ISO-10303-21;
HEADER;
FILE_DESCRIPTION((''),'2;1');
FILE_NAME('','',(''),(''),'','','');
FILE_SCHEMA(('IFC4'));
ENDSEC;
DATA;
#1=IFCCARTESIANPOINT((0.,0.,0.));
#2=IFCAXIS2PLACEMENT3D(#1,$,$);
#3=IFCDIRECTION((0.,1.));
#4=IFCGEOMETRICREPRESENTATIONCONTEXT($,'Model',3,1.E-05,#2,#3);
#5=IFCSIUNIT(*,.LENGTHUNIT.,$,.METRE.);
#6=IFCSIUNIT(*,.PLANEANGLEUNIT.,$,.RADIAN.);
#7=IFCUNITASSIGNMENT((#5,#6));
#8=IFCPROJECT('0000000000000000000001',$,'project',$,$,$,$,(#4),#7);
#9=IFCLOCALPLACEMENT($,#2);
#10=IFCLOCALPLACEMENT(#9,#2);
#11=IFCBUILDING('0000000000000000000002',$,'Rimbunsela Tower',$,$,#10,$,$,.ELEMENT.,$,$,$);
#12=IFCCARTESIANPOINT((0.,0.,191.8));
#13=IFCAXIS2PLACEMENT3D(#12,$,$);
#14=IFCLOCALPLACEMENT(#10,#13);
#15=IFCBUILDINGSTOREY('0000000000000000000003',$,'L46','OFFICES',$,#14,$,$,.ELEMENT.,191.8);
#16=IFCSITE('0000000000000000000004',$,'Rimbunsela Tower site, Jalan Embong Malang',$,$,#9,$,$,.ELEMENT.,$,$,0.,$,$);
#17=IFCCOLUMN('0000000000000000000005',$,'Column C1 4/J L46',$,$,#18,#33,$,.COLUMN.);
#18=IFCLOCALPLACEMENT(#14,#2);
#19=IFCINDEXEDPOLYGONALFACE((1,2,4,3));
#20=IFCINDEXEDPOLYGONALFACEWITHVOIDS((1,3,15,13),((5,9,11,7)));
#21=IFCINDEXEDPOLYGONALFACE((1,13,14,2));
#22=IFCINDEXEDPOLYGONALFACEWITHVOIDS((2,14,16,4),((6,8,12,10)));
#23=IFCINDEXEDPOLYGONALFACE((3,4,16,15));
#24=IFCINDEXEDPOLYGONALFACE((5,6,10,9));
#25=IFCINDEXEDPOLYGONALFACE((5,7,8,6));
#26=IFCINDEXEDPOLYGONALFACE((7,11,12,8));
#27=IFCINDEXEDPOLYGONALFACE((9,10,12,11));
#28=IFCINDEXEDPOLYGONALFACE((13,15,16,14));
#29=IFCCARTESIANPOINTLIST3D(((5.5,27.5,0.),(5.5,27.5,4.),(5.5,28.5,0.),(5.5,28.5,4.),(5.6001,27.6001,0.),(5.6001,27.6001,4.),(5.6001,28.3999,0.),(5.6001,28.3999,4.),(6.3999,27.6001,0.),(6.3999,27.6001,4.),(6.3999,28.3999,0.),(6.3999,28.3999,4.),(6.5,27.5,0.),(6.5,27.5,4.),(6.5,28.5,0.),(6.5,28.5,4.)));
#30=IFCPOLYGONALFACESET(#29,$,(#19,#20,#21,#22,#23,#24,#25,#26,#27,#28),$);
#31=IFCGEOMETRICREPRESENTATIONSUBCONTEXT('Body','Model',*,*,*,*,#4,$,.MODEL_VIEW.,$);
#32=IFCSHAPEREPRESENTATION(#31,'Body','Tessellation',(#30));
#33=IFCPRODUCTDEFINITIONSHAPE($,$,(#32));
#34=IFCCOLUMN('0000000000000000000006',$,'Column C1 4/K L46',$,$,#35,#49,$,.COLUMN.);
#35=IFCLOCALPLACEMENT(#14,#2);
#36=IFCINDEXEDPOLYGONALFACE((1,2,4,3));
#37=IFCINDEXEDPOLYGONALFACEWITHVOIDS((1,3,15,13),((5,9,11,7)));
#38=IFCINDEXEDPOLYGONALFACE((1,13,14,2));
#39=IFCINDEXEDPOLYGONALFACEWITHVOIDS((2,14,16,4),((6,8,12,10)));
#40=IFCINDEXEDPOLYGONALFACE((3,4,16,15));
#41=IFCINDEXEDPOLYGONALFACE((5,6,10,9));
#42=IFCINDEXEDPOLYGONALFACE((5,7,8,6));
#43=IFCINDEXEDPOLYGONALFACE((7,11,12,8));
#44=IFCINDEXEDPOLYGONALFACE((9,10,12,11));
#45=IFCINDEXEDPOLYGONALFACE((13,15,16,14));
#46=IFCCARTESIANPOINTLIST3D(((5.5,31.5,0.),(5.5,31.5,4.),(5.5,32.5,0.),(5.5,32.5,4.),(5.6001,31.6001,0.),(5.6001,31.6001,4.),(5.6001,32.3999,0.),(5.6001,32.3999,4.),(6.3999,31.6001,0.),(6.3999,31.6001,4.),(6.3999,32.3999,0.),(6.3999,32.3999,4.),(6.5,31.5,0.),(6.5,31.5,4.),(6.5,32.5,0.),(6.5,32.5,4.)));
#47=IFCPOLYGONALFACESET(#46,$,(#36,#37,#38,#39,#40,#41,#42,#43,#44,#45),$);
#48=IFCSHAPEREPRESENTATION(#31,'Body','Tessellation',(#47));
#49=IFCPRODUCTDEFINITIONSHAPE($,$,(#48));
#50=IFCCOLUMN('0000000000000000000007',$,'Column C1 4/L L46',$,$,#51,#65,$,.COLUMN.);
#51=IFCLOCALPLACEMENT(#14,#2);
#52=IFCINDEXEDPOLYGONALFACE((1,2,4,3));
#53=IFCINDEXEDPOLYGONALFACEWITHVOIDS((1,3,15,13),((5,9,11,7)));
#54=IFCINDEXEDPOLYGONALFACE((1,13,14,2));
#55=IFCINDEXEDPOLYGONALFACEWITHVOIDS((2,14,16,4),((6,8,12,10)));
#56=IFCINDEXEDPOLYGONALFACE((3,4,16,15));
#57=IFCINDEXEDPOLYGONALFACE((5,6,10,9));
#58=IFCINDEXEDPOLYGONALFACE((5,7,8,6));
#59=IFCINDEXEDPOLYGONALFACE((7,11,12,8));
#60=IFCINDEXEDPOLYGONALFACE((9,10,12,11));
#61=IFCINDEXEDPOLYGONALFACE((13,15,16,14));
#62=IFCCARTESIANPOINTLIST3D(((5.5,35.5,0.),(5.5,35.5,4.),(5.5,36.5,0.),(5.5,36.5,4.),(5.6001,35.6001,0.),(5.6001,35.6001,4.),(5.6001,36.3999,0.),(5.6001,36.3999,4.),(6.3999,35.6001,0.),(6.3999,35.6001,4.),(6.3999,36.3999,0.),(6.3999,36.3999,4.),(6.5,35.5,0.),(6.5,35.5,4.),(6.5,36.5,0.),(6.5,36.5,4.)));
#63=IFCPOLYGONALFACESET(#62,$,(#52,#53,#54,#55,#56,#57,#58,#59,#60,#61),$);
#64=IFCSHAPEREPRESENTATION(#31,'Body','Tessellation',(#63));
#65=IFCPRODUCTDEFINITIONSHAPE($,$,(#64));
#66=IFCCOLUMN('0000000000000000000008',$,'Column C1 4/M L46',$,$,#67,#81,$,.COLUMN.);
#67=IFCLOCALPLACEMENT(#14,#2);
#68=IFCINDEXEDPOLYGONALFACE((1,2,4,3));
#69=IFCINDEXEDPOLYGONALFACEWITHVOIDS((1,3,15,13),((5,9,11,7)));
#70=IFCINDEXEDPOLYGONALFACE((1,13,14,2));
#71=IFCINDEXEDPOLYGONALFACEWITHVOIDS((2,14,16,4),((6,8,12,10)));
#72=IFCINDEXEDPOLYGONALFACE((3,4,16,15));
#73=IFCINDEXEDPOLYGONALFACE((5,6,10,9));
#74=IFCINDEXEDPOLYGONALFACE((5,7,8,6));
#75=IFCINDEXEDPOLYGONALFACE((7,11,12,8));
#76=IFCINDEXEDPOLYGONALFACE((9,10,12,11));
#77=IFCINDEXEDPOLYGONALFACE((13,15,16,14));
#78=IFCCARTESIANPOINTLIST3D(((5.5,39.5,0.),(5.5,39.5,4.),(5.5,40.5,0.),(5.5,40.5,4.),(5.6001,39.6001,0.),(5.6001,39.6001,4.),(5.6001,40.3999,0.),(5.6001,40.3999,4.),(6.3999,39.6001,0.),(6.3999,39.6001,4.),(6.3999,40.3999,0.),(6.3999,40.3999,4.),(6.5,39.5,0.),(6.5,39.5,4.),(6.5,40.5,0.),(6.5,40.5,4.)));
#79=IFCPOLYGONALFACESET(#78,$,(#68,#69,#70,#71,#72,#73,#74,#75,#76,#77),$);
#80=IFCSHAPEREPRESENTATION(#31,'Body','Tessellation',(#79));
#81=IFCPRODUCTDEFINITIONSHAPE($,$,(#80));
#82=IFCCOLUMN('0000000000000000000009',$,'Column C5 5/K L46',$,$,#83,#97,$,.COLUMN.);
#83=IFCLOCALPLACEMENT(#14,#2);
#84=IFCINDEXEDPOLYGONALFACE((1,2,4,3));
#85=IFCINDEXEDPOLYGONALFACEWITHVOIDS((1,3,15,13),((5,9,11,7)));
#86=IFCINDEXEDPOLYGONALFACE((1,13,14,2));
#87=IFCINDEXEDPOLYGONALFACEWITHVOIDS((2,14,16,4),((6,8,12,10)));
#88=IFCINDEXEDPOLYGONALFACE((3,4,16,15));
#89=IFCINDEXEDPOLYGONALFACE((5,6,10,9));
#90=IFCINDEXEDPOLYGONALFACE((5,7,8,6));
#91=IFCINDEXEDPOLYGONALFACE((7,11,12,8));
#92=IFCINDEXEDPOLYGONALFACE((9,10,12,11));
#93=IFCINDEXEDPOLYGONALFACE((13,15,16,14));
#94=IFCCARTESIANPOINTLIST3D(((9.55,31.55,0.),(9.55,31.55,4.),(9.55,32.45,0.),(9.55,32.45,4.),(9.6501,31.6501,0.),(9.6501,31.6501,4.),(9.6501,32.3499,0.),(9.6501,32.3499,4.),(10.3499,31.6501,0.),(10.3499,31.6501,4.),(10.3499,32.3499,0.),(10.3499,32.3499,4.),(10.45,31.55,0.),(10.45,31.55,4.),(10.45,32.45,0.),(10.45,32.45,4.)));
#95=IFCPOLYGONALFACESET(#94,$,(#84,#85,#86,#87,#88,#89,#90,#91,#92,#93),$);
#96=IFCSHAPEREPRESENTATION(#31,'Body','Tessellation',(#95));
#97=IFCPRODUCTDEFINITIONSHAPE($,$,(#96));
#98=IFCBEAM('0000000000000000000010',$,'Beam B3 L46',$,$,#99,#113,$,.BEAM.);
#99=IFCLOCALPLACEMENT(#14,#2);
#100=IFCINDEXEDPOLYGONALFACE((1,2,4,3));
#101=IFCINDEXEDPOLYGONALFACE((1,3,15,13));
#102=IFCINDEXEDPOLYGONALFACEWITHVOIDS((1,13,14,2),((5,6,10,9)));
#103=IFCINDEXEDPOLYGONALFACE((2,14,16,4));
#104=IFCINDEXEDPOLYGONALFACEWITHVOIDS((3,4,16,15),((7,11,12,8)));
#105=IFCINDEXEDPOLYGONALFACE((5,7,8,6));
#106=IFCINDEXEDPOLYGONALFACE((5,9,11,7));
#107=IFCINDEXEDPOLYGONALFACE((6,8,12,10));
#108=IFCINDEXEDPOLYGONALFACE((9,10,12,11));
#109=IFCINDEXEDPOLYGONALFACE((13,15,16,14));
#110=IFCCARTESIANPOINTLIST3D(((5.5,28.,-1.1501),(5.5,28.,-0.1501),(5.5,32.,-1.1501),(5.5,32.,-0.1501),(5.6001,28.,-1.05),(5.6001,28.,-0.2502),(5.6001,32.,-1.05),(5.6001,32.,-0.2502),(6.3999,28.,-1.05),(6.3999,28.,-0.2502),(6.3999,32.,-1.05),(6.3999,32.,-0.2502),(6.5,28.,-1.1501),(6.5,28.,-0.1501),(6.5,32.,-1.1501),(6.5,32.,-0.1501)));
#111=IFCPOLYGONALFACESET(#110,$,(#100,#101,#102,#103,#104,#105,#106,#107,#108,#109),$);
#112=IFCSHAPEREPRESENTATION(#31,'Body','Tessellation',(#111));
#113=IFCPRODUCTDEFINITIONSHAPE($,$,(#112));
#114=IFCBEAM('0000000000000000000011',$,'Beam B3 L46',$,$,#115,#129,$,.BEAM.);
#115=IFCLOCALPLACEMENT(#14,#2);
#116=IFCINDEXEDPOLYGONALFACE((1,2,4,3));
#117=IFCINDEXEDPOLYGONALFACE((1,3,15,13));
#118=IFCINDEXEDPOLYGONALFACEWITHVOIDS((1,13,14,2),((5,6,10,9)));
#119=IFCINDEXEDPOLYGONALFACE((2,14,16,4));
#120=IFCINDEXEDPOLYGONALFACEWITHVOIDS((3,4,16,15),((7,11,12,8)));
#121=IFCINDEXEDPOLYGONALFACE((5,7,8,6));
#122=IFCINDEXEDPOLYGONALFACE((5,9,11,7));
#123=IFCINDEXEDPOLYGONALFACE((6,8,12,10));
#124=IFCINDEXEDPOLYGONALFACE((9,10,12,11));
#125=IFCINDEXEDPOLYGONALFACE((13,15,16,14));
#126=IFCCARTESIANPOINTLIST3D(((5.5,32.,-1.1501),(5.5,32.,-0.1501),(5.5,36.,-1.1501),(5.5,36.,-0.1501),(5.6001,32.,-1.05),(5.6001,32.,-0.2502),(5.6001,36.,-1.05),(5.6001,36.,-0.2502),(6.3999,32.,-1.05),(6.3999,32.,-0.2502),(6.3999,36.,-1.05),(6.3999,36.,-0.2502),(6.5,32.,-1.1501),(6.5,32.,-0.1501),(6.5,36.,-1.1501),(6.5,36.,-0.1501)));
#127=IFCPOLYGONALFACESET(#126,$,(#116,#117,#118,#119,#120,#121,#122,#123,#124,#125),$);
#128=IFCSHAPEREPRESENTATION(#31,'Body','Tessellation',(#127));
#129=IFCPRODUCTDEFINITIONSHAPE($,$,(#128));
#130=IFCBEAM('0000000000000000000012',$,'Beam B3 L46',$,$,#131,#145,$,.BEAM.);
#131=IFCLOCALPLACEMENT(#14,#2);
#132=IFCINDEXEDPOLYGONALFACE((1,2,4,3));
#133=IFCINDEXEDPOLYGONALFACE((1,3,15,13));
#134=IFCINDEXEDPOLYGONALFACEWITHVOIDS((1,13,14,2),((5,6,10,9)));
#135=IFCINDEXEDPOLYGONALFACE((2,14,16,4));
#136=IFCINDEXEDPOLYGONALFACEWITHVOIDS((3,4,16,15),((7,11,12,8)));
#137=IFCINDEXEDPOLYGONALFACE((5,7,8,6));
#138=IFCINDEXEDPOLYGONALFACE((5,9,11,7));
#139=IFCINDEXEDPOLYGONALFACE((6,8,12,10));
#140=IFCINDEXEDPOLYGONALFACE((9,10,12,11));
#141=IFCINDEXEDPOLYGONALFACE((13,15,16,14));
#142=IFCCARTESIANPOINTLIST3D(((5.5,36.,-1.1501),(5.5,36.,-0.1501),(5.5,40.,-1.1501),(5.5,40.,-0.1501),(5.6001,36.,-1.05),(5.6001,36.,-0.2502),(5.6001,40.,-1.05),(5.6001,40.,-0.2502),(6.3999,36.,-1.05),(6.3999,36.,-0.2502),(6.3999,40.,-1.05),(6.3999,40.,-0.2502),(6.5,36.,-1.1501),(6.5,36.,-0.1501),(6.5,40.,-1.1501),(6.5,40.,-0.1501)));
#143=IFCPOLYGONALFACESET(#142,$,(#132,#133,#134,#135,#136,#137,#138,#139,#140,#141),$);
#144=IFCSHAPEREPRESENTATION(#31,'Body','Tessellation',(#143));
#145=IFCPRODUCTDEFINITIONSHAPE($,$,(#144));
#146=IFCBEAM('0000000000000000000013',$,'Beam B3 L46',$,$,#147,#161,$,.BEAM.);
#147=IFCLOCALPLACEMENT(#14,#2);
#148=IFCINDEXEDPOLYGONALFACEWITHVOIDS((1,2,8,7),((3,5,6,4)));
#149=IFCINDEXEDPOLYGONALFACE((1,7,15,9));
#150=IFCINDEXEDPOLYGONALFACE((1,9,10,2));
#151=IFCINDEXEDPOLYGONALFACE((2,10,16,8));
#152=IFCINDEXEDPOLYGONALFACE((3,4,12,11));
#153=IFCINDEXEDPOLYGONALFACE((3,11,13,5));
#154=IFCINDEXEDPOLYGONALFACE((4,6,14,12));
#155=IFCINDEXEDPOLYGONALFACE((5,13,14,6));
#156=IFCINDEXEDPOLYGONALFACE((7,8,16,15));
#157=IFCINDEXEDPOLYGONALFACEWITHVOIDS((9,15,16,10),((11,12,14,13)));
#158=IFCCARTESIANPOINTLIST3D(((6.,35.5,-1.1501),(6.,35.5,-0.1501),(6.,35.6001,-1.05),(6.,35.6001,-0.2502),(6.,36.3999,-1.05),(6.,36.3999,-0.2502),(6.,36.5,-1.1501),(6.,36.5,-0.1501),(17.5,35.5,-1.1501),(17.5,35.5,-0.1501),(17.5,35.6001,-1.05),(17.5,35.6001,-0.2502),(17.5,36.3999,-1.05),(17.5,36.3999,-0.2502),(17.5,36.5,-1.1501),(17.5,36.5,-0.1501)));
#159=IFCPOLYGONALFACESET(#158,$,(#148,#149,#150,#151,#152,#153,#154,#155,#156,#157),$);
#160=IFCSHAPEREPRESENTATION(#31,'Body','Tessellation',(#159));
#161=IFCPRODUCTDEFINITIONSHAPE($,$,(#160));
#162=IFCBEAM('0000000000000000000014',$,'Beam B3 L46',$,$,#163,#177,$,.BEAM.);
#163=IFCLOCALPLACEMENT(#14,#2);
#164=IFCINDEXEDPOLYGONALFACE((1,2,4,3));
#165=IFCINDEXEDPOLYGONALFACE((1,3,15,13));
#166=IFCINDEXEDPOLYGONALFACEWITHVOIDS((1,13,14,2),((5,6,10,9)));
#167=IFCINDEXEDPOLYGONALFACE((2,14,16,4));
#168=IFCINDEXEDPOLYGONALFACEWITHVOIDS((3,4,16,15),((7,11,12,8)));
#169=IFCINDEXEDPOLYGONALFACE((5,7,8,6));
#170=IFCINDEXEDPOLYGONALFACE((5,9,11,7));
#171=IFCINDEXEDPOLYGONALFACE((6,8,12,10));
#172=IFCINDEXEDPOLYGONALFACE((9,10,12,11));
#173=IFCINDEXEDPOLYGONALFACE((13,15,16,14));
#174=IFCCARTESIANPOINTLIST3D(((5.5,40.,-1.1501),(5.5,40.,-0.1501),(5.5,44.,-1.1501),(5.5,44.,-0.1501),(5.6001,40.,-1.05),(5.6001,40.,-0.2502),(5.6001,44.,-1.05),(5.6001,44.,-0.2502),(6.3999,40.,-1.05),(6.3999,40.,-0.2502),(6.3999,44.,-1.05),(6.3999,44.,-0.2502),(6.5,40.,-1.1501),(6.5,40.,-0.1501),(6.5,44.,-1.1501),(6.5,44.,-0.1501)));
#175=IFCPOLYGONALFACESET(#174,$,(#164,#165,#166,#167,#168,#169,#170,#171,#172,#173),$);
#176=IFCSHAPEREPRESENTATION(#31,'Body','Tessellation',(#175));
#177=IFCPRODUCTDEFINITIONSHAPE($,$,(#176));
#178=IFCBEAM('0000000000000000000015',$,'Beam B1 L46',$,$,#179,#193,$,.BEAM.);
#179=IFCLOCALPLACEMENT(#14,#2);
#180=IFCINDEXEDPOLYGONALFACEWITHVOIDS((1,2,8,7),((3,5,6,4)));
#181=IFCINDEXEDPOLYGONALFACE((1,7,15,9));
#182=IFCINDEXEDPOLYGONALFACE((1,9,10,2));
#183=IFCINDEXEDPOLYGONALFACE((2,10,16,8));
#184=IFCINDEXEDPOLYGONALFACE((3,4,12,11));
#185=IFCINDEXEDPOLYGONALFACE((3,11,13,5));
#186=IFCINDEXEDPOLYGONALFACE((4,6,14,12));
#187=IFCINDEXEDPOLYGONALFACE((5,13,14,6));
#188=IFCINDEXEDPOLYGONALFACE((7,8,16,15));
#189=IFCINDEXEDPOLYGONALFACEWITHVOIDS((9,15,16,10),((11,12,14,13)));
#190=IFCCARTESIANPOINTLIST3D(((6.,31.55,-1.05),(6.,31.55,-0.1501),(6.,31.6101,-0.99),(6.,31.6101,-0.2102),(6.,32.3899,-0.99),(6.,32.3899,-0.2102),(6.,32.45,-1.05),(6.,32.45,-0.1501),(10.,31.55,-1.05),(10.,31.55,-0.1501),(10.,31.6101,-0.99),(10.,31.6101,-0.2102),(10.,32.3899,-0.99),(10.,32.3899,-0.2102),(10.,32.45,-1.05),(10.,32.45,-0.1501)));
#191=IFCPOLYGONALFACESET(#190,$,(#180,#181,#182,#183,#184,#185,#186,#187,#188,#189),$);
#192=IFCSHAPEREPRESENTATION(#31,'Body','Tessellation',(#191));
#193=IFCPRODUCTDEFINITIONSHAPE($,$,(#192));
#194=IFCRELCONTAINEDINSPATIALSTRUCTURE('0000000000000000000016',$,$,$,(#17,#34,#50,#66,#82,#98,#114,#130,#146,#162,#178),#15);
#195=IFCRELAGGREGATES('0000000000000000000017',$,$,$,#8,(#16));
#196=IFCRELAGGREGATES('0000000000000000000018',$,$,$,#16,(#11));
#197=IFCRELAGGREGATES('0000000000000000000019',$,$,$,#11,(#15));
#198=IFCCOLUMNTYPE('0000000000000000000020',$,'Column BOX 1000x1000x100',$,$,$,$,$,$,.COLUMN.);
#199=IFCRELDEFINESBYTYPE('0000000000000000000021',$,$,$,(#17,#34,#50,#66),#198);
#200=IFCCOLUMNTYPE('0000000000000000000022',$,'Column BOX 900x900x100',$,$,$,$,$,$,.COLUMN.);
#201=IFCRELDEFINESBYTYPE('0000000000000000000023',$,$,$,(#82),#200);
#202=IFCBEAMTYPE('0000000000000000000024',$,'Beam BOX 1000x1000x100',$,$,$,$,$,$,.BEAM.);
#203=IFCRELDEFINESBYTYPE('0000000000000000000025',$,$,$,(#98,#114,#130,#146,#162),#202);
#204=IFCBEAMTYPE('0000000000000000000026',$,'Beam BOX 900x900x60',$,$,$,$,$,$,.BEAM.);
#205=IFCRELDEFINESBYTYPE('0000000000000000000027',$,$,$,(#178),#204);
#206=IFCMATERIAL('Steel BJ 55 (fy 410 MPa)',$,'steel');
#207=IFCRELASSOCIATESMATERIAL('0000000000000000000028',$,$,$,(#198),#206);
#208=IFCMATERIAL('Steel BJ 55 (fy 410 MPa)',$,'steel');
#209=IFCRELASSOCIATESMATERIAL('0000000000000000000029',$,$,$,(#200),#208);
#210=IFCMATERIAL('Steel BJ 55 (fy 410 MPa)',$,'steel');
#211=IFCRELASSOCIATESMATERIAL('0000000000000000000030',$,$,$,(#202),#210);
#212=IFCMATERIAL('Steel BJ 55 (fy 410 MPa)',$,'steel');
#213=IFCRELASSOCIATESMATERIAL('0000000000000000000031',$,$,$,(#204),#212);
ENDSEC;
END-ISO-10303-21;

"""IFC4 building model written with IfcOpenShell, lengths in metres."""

from ifc_helpers import new_model, si_unit, direction, frame, origin, origin_2d, place, context, subcontext, project, spatial, hollow_rectangle, extrude, material, material_profile, profile_set, type_object, element, save


model = new_model("IFC4")

# Units and contexts
model_context = context("Model", 3, precision=1e-05, world=origin(), true_north=direction((0.0, 1.0)))
body_context = subcontext(model_context, "Body", "Model", "MODEL_VIEW")
ifc_project = project(units=[si_unit("LENGTHUNIT", "METRE"), si_unit("PLANEANGLEUNIT", "RADIAN")], contexts=[model_context])

# Site, building, storey
site_placement = place(None, origin())
site = spatial("IfcSite", under=ifc_project, at=site_placement, Name="Rimbunsela Tower site, Jalan Embong Malang", CompositionType="ELEMENT", RefElevation=0.0)
building_placement = place(site_placement, origin())
building = spatial("IfcBuilding", under=site, at=building_placement, Name="Rimbunsela Tower", CompositionType="ELEMENT")
storey_placement = place(building_placement, frame((0.0, 0.0, 191.8)))
storey = spatial("IfcBuildingStorey", under=building, at=storey_placement, Name="L46", Description="OFFICES", CompositionType="ELEMENT", Elevation=191.8)

# Columns
ifc_material_1 = material(Name="Steel BJ 55 (fy 410 MPa)", Category="steel")
ifc_material_profile_1 = material_profile(ifc_material_1, hollow_rectangle(XDim=1.0, YDim=1.0, WallThickness=0.1001, at=origin_2d()), Name="BOX 1000x1000x100")
ifc_profile_set_1 = profile_set([ifc_material_profile_1], Name="Steel BJ 55 (fy 410 MPa)")
column_type_1 = type_object("IfcColumnType", Name="Column BOX 1000x1000x100", PredefinedType="COLUMN", material=ifc_profile_set_1)
for number, where, z_axis, x_axis, name in (
    (1, (6.0, 28.0, 0.0), (0.0, 0.0, 1.0), (1.0, 0.0, 0.0), "Column C1 4/J L46"),
    (2, (6.0, 32.0, 0.0), (0.0, 0.0, 1.0), (1.0, 0.0, 0.0), "Column C1 4/K L46"),
    (3, (6.0, 36.0, 0.0), (0.0, 0.0, 1.0), (1.0, 0.0, 0.0), "Column C1 4/L L46"),
    (4, (6.0, 40.0, 0.0), (0.0, 0.0, 1.0), (1.0, 0.0, 0.0), "Column C1 4/M L46"),
):
    element("IfcColumn", number, at=place(storey_placement, frame(where, z_axis=z_axis, x_axis=x_axis)), inside=storey, type_object=column_type_1, Name=name, PredefinedType="COLUMN", context=body_context, shape_type="SweptSolid", body=[
        extrude(hollow_rectangle(XDim=1.0, YDim=1.0, WallThickness=0.1001, at=origin_2d()), origin(), (0.0, 0.0, 1.0), 4.0),
    ])
ifc_material_2 = material(Name="Steel BJ 55 (fy 410 MPa)", Category="steel")
ifc_material_profile_2 = material_profile(ifc_material_2, hollow_rectangle(XDim=0.8999, YDim=0.8999, WallThickness=0.1001, at=origin_2d()), Name="BOX 900x900x100")
ifc_profile_set_2 = profile_set([ifc_material_profile_2], Name="Steel BJ 55 (fy 410 MPa)")
column_type_2 = type_object("IfcColumnType", Name="Column BOX 900x900x100", PredefinedType="COLUMN", material=ifc_profile_set_2)
column_placement = place(storey_placement, frame((10.0, 32.0, 0.0), z_axis=(0.0, 0.0, 1.0), x_axis=(1.0, 0.0, 0.0)))
element("IfcColumn", 5, at=column_placement, inside=storey, type_object=column_type_2, Name="Column C5 5/K L46", PredefinedType="COLUMN", context=body_context, shape_type="SweptSolid", body=[
    extrude(hollow_rectangle(XDim=0.8999, YDim=0.8999, WallThickness=0.1001, at=origin_2d()), origin(), (0.0, 0.0, 1.0), 4.0),
])

# Beams
ifc_material_3 = material(Name="Steel BJ 55 (fy 410 MPa)", Category="steel")
ifc_material_profile_3 = material_profile(ifc_material_3, hollow_rectangle(XDim=1.0, YDim=1.0, WallThickness=0.1001, at=origin_2d()), Name="BOX 1000x1000x100")
ifc_profile_set_3 = profile_set([ifc_material_profile_3], Name="Steel BJ 55 (fy 410 MPa)")
beam_type_1 = type_object("IfcBeamType", Name="Beam BOX 1000x1000x100", PredefinedType="BEAM", material=ifc_profile_set_3)
for number, where, z_axis, x_axis, name in (
    (6, (6.0, 28.0, -0.6501), (0.0, 1.0, 0.0), (-1.0, 0.0, 0.0), "Beam B3 L46"),
    (7, (6.0, 32.0, -0.6501), (0.0, 1.0, 0.0), (-1.0, 0.0, 0.0), "Beam B3 L46"),
    (8, (6.0, 36.0, -0.6501), (0.0, 1.0, 0.0), (-1.0, 0.0, 0.0), "Beam B3 L46"),
):
    element("IfcBeam", number, at=place(storey_placement, frame(where, z_axis=z_axis, x_axis=x_axis)), inside=storey, type_object=beam_type_1, Name=name, PredefinedType="BEAM", context=body_context, shape_type="SweptSolid", body=[
        extrude(hollow_rectangle(XDim=1.0, YDim=1.0, WallThickness=0.1001, at=origin_2d()), origin(), (0.0, 0.0, 1.0), 4.0),
    ])
beam_1_placement = place(storey_placement, frame((6.0, 36.0, -0.6501), z_axis=(1.0, 0.0, 0.0), x_axis=(0.0, 1.0, 0.0)))
element("IfcBeam", 9, at=beam_1_placement, inside=storey, type_object=beam_type_1, Name="Beam B3 L46", PredefinedType="BEAM", context=body_context, shape_type="SweptSolid", body=[
    extrude(hollow_rectangle(XDim=1.0, YDim=1.0, WallThickness=0.1001, at=origin_2d()), origin(), (0.0, 0.0, 1.0), 11.5),
])
beam_2_placement = place(storey_placement, frame((6.0, 40.0, -0.6501), z_axis=(0.0, 1.0, 0.0), x_axis=(-1.0, 0.0, 0.0)))
element("IfcBeam", 10, at=beam_2_placement, inside=storey, type_object=beam_type_1, Name="Beam B3 L46", PredefinedType="BEAM", context=body_context, shape_type="SweptSolid", body=[
    extrude(hollow_rectangle(XDim=1.0, YDim=1.0, WallThickness=0.1001, at=origin_2d()), origin(), (0.0, 0.0, 1.0), 4.0),
])
ifc_material_4 = material(Name="Steel BJ 55 (fy 410 MPa)", Category="steel")
ifc_material_profile_4 = material_profile(ifc_material_4, hollow_rectangle(XDim=0.8999, YDim=0.8999, WallThickness=0.0601, at=origin_2d()), Name="BOX 900x900x60")
ifc_profile_set_4 = profile_set([ifc_material_profile_4], Name="Steel BJ 55 (fy 410 MPa)")
beam_type_2 = type_object("IfcBeamType", Name="Beam BOX 900x900x60", PredefinedType="BEAM", material=ifc_profile_set_4)
beam_3_placement = place(storey_placement, frame((6.0, 32.0, -0.6001), z_axis=(1.0, 0.0, 0.0), x_axis=(0.0, 1.0, 0.0)))
element("IfcBeam", 11, at=beam_3_placement, inside=storey, type_object=beam_type_2, Name="Beam B1 L46", PredefinedType="BEAM", context=body_context, shape_type="SweptSolid", body=[
    extrude(hollow_rectangle(XDim=0.8999, YDim=0.8999, WallThickness=0.0601, at=origin_2d()), origin(), (0.0, 0.0, 1.0), 4.0),
])

save(model, "model.ifc")
